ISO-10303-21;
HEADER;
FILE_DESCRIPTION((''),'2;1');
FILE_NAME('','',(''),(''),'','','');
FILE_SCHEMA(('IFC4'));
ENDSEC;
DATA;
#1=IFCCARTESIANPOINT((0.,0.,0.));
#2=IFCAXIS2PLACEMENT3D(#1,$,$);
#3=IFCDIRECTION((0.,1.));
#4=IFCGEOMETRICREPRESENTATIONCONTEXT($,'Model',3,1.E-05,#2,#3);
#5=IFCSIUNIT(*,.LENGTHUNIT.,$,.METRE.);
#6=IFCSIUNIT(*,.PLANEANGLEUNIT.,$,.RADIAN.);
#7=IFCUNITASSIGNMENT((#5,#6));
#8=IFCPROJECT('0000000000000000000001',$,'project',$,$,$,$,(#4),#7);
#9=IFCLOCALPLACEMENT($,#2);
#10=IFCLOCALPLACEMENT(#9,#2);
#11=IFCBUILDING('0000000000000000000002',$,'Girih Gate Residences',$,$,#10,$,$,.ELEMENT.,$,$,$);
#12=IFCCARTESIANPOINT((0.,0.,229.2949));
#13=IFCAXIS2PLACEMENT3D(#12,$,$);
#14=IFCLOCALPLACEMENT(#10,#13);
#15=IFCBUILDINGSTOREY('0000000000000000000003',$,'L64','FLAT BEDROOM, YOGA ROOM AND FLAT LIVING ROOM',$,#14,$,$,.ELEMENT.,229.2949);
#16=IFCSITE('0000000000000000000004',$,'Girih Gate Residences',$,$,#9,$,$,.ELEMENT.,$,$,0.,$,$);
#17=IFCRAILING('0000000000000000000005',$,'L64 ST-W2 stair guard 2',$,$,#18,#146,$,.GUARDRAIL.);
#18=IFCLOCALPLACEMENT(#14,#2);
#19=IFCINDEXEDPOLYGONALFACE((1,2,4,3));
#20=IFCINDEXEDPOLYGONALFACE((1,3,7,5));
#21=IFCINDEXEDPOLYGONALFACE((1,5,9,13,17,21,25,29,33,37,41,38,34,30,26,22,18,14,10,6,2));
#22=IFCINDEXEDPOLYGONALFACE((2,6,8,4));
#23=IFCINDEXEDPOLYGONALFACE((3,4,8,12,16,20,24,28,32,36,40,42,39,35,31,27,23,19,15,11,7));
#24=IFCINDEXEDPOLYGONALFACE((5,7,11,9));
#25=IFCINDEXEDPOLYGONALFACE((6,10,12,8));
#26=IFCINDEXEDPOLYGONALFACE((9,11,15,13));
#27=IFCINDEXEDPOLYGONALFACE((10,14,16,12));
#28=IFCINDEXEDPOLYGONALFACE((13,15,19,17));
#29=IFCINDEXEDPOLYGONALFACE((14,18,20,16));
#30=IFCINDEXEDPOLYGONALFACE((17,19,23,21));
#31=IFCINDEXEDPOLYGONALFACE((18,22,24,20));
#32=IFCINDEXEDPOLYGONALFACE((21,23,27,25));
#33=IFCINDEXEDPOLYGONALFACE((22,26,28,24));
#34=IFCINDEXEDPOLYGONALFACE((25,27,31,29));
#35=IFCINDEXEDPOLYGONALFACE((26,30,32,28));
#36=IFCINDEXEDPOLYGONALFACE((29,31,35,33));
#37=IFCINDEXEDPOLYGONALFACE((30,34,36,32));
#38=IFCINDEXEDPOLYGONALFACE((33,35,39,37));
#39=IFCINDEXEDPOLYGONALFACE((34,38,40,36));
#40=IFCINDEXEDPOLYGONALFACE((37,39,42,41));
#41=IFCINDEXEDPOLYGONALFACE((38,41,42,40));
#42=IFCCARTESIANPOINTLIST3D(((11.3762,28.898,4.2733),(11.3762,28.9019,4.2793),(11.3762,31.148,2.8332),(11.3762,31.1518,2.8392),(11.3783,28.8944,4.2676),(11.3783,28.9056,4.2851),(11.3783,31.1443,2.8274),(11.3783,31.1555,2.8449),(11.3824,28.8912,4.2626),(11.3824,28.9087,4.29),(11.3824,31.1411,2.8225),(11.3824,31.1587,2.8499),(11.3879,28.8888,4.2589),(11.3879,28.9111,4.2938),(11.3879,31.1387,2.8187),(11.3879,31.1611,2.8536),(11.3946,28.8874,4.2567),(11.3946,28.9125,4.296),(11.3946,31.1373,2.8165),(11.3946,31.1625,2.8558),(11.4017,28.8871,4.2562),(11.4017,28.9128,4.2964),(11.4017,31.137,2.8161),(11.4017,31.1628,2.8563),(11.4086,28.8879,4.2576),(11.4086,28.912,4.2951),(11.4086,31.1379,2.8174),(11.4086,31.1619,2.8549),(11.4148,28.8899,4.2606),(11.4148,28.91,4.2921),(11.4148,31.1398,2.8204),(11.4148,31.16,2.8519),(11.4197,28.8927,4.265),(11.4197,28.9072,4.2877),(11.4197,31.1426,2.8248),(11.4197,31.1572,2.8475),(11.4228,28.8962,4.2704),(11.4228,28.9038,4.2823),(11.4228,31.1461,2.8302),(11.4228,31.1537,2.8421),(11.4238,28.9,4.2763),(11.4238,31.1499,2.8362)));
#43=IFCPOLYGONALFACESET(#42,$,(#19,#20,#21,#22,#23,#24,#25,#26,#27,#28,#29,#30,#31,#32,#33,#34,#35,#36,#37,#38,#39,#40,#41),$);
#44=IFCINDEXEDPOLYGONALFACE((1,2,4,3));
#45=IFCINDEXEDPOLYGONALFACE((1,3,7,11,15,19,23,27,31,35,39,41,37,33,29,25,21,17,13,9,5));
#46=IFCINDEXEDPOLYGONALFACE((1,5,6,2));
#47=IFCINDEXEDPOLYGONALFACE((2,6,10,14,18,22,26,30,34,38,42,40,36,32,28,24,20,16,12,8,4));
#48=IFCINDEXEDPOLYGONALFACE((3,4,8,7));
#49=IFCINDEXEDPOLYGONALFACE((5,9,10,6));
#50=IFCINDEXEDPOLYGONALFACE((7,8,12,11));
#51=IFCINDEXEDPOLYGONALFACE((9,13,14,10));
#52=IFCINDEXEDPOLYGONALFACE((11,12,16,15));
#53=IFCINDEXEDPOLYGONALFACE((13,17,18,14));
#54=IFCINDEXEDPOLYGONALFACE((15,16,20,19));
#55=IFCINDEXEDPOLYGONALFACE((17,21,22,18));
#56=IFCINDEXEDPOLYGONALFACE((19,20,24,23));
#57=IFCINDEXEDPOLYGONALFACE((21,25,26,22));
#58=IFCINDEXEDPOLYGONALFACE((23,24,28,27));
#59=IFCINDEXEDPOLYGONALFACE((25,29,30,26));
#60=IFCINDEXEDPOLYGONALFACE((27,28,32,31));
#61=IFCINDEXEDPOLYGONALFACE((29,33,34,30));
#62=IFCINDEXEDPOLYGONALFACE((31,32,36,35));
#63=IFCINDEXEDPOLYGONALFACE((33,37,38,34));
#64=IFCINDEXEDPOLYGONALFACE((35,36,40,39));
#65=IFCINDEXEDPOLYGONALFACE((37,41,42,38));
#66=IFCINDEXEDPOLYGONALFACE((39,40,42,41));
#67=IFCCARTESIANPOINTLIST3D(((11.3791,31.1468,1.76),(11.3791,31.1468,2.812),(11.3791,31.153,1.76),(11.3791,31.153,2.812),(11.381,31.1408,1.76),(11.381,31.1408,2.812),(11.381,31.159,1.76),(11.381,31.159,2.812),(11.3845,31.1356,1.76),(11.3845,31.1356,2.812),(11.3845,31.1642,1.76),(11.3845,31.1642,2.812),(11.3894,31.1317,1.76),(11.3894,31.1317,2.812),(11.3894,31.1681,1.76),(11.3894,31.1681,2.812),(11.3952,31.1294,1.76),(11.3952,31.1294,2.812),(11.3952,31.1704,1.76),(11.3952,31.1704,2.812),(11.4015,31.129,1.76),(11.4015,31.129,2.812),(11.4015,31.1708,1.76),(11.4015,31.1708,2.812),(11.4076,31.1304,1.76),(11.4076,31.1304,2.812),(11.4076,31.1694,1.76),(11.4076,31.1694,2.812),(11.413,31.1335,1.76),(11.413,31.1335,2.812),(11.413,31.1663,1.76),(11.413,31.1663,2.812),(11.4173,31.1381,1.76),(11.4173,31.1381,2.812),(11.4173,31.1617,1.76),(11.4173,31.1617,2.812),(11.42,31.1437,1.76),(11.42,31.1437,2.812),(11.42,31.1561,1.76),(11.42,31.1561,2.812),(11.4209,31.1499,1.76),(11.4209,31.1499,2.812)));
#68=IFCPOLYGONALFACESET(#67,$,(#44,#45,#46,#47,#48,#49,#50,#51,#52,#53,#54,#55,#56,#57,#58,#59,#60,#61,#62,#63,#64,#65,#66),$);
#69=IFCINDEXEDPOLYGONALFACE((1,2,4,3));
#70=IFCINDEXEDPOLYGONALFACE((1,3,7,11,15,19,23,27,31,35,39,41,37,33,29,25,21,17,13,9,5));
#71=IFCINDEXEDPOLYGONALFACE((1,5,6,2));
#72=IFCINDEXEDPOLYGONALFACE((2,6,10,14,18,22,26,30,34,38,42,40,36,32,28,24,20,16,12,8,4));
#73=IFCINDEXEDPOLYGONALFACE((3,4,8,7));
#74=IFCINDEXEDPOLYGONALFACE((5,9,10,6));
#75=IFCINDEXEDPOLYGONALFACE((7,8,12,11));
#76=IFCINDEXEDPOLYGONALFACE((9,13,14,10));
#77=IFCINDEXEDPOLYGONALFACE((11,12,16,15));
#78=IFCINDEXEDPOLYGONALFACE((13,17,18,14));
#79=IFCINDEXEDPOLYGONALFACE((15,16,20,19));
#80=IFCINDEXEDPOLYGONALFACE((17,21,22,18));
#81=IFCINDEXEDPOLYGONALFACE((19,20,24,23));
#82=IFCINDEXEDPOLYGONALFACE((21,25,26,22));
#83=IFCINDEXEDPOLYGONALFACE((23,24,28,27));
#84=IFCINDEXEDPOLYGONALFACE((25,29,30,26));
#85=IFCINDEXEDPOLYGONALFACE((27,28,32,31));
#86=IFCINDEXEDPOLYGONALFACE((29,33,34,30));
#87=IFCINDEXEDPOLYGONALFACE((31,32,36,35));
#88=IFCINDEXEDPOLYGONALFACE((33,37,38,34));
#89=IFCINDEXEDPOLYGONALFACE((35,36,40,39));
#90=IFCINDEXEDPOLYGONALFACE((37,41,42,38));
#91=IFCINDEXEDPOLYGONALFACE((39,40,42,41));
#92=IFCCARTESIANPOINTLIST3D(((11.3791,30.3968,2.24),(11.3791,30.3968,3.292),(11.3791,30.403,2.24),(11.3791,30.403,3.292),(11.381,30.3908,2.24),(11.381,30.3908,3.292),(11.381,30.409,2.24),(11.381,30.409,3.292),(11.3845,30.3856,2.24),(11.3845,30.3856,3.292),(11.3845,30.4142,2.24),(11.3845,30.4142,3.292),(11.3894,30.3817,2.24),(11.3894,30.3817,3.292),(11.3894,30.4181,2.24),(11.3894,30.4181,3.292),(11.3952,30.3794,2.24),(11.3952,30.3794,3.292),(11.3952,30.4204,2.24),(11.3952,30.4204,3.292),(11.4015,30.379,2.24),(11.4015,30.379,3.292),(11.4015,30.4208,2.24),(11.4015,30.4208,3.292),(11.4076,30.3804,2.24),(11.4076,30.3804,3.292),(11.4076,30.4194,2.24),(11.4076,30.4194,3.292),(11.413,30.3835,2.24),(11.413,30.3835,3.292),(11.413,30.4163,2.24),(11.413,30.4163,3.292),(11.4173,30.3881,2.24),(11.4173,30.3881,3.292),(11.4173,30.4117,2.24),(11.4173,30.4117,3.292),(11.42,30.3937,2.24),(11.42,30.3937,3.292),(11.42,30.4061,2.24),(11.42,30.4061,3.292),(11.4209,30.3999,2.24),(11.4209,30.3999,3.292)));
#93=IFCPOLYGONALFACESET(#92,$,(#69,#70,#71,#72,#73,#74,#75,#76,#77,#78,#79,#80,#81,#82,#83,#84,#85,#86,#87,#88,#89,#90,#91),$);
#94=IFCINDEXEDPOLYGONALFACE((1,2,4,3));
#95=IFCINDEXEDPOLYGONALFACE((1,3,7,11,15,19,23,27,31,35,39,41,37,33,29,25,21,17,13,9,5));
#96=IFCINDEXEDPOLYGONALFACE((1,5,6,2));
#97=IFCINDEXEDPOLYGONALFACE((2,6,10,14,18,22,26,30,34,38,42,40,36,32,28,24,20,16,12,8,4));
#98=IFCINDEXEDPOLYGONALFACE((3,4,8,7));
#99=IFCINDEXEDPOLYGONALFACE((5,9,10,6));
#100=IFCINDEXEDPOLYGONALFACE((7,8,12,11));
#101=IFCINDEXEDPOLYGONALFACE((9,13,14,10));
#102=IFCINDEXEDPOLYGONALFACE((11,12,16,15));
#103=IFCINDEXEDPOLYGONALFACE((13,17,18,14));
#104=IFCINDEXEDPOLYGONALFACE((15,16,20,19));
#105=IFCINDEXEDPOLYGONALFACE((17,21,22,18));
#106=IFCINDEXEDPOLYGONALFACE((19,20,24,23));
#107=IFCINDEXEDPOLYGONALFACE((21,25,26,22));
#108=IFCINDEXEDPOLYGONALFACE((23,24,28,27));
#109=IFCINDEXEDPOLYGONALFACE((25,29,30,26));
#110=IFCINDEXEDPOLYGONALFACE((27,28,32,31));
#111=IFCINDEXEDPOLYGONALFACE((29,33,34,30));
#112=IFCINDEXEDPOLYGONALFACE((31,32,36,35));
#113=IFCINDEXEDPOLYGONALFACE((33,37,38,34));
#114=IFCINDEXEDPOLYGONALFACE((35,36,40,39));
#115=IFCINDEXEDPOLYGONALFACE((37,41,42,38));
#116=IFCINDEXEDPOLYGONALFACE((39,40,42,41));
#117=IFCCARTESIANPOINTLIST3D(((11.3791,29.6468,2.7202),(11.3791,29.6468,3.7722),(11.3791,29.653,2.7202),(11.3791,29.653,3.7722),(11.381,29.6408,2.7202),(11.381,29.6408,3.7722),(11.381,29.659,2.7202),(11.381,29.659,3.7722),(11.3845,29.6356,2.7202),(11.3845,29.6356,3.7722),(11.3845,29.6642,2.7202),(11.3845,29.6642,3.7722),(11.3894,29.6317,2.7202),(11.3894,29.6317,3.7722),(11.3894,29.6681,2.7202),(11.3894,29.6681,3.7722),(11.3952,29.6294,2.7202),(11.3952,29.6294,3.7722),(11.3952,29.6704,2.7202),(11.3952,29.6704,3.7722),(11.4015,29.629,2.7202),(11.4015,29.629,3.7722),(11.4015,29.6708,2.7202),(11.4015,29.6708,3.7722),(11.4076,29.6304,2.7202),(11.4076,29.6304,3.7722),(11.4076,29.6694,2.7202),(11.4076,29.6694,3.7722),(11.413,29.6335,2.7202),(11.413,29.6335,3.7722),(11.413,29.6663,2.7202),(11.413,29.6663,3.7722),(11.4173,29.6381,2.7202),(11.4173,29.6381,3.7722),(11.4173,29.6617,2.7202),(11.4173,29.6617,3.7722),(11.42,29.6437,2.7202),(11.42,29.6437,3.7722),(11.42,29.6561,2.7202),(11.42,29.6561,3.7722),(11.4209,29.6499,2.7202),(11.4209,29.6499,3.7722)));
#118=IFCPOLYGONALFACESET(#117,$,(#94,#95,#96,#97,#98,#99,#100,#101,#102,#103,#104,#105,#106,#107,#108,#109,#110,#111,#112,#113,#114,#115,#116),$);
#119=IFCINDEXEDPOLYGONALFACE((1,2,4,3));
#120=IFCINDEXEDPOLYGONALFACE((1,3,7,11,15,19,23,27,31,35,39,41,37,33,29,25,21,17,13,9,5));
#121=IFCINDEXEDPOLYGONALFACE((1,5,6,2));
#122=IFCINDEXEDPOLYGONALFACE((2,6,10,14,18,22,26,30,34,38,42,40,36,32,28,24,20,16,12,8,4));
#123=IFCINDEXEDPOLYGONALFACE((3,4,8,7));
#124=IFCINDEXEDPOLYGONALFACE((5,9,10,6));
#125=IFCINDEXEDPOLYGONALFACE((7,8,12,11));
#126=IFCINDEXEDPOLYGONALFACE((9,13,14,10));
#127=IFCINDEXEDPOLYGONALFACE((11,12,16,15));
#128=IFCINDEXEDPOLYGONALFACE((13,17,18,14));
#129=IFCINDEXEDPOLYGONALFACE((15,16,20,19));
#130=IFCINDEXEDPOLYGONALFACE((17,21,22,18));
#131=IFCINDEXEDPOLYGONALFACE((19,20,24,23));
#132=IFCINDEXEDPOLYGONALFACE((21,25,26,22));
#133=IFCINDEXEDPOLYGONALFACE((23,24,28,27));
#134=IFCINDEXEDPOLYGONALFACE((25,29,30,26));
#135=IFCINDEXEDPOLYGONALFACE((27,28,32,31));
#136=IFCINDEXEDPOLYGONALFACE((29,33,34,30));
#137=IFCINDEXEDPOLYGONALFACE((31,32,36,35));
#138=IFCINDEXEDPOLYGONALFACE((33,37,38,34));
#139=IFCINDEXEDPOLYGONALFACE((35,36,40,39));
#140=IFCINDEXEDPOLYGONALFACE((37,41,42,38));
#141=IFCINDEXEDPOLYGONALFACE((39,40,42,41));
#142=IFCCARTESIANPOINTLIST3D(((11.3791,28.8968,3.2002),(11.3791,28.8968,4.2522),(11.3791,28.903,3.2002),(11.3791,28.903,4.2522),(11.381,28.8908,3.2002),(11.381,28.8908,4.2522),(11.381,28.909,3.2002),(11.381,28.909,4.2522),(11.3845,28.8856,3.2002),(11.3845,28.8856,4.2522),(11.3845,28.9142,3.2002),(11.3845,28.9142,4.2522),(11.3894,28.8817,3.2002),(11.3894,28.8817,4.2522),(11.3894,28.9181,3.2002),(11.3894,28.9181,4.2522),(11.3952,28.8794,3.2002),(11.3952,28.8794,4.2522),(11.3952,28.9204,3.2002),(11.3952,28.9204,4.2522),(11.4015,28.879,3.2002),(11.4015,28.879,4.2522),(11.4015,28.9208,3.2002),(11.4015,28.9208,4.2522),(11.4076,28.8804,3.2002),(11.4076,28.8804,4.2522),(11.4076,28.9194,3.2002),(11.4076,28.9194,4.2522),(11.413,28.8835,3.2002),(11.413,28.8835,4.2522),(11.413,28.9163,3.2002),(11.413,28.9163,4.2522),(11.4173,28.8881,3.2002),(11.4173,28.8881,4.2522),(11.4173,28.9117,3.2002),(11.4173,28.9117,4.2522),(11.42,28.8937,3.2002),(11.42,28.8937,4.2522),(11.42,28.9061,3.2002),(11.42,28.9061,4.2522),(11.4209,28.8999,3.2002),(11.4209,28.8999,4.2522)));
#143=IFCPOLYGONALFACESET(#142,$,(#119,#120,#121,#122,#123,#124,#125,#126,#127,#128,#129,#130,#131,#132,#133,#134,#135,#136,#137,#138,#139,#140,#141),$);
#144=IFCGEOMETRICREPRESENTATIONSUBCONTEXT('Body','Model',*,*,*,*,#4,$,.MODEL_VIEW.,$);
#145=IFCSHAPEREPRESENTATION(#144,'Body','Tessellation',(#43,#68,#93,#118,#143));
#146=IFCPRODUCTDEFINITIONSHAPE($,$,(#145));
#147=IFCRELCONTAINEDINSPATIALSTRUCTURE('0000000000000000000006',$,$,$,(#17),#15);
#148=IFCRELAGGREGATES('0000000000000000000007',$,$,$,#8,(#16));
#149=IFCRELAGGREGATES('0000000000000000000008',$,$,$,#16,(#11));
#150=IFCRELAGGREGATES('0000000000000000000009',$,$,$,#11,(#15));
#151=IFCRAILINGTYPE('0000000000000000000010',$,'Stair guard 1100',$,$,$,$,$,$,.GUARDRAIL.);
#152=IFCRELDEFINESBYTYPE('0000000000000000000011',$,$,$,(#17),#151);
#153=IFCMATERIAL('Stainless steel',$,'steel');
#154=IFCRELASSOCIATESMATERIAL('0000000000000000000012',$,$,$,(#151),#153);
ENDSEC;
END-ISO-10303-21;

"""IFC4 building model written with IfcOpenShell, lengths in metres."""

from ifc_helpers import new_model, si_unit, direction, frame, origin, origin_2d, place, context, subcontext, project, spatial, circle, extrude, material, type_object, element, save


model = new_model("IFC4")

# Units and contexts
model_context = context("Model", 3, precision=1e-05, world=origin(), true_north=direction((0.0, 1.0)))
body_context = subcontext(model_context, "Body", "Model", "MODEL_VIEW")
ifc_project = project(units=[si_unit("LENGTHUNIT", "METRE"), si_unit("PLANEANGLEUNIT", "RADIAN")], contexts=[model_context])

# Site, building, storey
site_placement = place(None, origin())
site = spatial("IfcSite", under=ifc_project, at=site_placement, Name="Girih Gate Residences", CompositionType="ELEMENT", RefElevation=0.0)
building_placement = place(site_placement, origin())
building = spatial("IfcBuilding", under=site, at=building_placement, Name="Girih Gate Residences", CompositionType="ELEMENT")
storey_placement = place(building_placement, frame((0.0, 0.0, 229.2949)))
storey = spatial("IfcBuildingStorey", under=building, at=storey_placement, Name="L64", Description="FLAT BEDROOM, YOGA ROOM AND FLAT LIVING ROOM", CompositionType="ELEMENT", Elevation=229.2949)

# Railing
ifc_material_1 = material(Name="Stainless steel", Category="steel")
railing_type_1 = type_object("IfcRailingType", Name="Stair guard 1100", PredefinedType="GUARDRAIL", material=ifc_material_1)
railing_1_placement = place(storey_placement, frame((11.3999, 31.1499, 1.76)))
element("IfcRailing", 1, at=railing_1_placement, inside=storey, type_object=railing_type_1, Name="L64 ST-W2 stair guard 2", PredefinedType="GUARDRAIL", context=body_context, shape_type="SweptSolid", body=[
    extrude(circle(Radius=0.0239, at=origin_2d()), frame((0.0, 0.0, 1.0762), z_axis=(0.0, -0.84224, 0.539103), x_axis=(1.0, 0.0, 0.0)), (0.0, 0.0, 1.0), 2.6714),
    extrude(circle(Radius=0.021, at=origin_2d()), origin(), (0.0, 0.0, 1.0), 1.052),
    extrude(circle(Radius=0.021, at=origin_2d()), frame((0.0, -0.75, 0.48)), (0.0, 0.0, 1.0), 1.052),
    extrude(circle(Radius=0.021, at=origin_2d()), frame((0.0, -1.5, 0.9602)), (0.0, 0.0, 1.0), 1.052),
    extrude(circle(Radius=0.021, at=origin_2d()), frame((0.0, -2.25, 1.4402)), (0.0, 0.0, 1.0), 1.052),
])

save(model, "model.ifc")
